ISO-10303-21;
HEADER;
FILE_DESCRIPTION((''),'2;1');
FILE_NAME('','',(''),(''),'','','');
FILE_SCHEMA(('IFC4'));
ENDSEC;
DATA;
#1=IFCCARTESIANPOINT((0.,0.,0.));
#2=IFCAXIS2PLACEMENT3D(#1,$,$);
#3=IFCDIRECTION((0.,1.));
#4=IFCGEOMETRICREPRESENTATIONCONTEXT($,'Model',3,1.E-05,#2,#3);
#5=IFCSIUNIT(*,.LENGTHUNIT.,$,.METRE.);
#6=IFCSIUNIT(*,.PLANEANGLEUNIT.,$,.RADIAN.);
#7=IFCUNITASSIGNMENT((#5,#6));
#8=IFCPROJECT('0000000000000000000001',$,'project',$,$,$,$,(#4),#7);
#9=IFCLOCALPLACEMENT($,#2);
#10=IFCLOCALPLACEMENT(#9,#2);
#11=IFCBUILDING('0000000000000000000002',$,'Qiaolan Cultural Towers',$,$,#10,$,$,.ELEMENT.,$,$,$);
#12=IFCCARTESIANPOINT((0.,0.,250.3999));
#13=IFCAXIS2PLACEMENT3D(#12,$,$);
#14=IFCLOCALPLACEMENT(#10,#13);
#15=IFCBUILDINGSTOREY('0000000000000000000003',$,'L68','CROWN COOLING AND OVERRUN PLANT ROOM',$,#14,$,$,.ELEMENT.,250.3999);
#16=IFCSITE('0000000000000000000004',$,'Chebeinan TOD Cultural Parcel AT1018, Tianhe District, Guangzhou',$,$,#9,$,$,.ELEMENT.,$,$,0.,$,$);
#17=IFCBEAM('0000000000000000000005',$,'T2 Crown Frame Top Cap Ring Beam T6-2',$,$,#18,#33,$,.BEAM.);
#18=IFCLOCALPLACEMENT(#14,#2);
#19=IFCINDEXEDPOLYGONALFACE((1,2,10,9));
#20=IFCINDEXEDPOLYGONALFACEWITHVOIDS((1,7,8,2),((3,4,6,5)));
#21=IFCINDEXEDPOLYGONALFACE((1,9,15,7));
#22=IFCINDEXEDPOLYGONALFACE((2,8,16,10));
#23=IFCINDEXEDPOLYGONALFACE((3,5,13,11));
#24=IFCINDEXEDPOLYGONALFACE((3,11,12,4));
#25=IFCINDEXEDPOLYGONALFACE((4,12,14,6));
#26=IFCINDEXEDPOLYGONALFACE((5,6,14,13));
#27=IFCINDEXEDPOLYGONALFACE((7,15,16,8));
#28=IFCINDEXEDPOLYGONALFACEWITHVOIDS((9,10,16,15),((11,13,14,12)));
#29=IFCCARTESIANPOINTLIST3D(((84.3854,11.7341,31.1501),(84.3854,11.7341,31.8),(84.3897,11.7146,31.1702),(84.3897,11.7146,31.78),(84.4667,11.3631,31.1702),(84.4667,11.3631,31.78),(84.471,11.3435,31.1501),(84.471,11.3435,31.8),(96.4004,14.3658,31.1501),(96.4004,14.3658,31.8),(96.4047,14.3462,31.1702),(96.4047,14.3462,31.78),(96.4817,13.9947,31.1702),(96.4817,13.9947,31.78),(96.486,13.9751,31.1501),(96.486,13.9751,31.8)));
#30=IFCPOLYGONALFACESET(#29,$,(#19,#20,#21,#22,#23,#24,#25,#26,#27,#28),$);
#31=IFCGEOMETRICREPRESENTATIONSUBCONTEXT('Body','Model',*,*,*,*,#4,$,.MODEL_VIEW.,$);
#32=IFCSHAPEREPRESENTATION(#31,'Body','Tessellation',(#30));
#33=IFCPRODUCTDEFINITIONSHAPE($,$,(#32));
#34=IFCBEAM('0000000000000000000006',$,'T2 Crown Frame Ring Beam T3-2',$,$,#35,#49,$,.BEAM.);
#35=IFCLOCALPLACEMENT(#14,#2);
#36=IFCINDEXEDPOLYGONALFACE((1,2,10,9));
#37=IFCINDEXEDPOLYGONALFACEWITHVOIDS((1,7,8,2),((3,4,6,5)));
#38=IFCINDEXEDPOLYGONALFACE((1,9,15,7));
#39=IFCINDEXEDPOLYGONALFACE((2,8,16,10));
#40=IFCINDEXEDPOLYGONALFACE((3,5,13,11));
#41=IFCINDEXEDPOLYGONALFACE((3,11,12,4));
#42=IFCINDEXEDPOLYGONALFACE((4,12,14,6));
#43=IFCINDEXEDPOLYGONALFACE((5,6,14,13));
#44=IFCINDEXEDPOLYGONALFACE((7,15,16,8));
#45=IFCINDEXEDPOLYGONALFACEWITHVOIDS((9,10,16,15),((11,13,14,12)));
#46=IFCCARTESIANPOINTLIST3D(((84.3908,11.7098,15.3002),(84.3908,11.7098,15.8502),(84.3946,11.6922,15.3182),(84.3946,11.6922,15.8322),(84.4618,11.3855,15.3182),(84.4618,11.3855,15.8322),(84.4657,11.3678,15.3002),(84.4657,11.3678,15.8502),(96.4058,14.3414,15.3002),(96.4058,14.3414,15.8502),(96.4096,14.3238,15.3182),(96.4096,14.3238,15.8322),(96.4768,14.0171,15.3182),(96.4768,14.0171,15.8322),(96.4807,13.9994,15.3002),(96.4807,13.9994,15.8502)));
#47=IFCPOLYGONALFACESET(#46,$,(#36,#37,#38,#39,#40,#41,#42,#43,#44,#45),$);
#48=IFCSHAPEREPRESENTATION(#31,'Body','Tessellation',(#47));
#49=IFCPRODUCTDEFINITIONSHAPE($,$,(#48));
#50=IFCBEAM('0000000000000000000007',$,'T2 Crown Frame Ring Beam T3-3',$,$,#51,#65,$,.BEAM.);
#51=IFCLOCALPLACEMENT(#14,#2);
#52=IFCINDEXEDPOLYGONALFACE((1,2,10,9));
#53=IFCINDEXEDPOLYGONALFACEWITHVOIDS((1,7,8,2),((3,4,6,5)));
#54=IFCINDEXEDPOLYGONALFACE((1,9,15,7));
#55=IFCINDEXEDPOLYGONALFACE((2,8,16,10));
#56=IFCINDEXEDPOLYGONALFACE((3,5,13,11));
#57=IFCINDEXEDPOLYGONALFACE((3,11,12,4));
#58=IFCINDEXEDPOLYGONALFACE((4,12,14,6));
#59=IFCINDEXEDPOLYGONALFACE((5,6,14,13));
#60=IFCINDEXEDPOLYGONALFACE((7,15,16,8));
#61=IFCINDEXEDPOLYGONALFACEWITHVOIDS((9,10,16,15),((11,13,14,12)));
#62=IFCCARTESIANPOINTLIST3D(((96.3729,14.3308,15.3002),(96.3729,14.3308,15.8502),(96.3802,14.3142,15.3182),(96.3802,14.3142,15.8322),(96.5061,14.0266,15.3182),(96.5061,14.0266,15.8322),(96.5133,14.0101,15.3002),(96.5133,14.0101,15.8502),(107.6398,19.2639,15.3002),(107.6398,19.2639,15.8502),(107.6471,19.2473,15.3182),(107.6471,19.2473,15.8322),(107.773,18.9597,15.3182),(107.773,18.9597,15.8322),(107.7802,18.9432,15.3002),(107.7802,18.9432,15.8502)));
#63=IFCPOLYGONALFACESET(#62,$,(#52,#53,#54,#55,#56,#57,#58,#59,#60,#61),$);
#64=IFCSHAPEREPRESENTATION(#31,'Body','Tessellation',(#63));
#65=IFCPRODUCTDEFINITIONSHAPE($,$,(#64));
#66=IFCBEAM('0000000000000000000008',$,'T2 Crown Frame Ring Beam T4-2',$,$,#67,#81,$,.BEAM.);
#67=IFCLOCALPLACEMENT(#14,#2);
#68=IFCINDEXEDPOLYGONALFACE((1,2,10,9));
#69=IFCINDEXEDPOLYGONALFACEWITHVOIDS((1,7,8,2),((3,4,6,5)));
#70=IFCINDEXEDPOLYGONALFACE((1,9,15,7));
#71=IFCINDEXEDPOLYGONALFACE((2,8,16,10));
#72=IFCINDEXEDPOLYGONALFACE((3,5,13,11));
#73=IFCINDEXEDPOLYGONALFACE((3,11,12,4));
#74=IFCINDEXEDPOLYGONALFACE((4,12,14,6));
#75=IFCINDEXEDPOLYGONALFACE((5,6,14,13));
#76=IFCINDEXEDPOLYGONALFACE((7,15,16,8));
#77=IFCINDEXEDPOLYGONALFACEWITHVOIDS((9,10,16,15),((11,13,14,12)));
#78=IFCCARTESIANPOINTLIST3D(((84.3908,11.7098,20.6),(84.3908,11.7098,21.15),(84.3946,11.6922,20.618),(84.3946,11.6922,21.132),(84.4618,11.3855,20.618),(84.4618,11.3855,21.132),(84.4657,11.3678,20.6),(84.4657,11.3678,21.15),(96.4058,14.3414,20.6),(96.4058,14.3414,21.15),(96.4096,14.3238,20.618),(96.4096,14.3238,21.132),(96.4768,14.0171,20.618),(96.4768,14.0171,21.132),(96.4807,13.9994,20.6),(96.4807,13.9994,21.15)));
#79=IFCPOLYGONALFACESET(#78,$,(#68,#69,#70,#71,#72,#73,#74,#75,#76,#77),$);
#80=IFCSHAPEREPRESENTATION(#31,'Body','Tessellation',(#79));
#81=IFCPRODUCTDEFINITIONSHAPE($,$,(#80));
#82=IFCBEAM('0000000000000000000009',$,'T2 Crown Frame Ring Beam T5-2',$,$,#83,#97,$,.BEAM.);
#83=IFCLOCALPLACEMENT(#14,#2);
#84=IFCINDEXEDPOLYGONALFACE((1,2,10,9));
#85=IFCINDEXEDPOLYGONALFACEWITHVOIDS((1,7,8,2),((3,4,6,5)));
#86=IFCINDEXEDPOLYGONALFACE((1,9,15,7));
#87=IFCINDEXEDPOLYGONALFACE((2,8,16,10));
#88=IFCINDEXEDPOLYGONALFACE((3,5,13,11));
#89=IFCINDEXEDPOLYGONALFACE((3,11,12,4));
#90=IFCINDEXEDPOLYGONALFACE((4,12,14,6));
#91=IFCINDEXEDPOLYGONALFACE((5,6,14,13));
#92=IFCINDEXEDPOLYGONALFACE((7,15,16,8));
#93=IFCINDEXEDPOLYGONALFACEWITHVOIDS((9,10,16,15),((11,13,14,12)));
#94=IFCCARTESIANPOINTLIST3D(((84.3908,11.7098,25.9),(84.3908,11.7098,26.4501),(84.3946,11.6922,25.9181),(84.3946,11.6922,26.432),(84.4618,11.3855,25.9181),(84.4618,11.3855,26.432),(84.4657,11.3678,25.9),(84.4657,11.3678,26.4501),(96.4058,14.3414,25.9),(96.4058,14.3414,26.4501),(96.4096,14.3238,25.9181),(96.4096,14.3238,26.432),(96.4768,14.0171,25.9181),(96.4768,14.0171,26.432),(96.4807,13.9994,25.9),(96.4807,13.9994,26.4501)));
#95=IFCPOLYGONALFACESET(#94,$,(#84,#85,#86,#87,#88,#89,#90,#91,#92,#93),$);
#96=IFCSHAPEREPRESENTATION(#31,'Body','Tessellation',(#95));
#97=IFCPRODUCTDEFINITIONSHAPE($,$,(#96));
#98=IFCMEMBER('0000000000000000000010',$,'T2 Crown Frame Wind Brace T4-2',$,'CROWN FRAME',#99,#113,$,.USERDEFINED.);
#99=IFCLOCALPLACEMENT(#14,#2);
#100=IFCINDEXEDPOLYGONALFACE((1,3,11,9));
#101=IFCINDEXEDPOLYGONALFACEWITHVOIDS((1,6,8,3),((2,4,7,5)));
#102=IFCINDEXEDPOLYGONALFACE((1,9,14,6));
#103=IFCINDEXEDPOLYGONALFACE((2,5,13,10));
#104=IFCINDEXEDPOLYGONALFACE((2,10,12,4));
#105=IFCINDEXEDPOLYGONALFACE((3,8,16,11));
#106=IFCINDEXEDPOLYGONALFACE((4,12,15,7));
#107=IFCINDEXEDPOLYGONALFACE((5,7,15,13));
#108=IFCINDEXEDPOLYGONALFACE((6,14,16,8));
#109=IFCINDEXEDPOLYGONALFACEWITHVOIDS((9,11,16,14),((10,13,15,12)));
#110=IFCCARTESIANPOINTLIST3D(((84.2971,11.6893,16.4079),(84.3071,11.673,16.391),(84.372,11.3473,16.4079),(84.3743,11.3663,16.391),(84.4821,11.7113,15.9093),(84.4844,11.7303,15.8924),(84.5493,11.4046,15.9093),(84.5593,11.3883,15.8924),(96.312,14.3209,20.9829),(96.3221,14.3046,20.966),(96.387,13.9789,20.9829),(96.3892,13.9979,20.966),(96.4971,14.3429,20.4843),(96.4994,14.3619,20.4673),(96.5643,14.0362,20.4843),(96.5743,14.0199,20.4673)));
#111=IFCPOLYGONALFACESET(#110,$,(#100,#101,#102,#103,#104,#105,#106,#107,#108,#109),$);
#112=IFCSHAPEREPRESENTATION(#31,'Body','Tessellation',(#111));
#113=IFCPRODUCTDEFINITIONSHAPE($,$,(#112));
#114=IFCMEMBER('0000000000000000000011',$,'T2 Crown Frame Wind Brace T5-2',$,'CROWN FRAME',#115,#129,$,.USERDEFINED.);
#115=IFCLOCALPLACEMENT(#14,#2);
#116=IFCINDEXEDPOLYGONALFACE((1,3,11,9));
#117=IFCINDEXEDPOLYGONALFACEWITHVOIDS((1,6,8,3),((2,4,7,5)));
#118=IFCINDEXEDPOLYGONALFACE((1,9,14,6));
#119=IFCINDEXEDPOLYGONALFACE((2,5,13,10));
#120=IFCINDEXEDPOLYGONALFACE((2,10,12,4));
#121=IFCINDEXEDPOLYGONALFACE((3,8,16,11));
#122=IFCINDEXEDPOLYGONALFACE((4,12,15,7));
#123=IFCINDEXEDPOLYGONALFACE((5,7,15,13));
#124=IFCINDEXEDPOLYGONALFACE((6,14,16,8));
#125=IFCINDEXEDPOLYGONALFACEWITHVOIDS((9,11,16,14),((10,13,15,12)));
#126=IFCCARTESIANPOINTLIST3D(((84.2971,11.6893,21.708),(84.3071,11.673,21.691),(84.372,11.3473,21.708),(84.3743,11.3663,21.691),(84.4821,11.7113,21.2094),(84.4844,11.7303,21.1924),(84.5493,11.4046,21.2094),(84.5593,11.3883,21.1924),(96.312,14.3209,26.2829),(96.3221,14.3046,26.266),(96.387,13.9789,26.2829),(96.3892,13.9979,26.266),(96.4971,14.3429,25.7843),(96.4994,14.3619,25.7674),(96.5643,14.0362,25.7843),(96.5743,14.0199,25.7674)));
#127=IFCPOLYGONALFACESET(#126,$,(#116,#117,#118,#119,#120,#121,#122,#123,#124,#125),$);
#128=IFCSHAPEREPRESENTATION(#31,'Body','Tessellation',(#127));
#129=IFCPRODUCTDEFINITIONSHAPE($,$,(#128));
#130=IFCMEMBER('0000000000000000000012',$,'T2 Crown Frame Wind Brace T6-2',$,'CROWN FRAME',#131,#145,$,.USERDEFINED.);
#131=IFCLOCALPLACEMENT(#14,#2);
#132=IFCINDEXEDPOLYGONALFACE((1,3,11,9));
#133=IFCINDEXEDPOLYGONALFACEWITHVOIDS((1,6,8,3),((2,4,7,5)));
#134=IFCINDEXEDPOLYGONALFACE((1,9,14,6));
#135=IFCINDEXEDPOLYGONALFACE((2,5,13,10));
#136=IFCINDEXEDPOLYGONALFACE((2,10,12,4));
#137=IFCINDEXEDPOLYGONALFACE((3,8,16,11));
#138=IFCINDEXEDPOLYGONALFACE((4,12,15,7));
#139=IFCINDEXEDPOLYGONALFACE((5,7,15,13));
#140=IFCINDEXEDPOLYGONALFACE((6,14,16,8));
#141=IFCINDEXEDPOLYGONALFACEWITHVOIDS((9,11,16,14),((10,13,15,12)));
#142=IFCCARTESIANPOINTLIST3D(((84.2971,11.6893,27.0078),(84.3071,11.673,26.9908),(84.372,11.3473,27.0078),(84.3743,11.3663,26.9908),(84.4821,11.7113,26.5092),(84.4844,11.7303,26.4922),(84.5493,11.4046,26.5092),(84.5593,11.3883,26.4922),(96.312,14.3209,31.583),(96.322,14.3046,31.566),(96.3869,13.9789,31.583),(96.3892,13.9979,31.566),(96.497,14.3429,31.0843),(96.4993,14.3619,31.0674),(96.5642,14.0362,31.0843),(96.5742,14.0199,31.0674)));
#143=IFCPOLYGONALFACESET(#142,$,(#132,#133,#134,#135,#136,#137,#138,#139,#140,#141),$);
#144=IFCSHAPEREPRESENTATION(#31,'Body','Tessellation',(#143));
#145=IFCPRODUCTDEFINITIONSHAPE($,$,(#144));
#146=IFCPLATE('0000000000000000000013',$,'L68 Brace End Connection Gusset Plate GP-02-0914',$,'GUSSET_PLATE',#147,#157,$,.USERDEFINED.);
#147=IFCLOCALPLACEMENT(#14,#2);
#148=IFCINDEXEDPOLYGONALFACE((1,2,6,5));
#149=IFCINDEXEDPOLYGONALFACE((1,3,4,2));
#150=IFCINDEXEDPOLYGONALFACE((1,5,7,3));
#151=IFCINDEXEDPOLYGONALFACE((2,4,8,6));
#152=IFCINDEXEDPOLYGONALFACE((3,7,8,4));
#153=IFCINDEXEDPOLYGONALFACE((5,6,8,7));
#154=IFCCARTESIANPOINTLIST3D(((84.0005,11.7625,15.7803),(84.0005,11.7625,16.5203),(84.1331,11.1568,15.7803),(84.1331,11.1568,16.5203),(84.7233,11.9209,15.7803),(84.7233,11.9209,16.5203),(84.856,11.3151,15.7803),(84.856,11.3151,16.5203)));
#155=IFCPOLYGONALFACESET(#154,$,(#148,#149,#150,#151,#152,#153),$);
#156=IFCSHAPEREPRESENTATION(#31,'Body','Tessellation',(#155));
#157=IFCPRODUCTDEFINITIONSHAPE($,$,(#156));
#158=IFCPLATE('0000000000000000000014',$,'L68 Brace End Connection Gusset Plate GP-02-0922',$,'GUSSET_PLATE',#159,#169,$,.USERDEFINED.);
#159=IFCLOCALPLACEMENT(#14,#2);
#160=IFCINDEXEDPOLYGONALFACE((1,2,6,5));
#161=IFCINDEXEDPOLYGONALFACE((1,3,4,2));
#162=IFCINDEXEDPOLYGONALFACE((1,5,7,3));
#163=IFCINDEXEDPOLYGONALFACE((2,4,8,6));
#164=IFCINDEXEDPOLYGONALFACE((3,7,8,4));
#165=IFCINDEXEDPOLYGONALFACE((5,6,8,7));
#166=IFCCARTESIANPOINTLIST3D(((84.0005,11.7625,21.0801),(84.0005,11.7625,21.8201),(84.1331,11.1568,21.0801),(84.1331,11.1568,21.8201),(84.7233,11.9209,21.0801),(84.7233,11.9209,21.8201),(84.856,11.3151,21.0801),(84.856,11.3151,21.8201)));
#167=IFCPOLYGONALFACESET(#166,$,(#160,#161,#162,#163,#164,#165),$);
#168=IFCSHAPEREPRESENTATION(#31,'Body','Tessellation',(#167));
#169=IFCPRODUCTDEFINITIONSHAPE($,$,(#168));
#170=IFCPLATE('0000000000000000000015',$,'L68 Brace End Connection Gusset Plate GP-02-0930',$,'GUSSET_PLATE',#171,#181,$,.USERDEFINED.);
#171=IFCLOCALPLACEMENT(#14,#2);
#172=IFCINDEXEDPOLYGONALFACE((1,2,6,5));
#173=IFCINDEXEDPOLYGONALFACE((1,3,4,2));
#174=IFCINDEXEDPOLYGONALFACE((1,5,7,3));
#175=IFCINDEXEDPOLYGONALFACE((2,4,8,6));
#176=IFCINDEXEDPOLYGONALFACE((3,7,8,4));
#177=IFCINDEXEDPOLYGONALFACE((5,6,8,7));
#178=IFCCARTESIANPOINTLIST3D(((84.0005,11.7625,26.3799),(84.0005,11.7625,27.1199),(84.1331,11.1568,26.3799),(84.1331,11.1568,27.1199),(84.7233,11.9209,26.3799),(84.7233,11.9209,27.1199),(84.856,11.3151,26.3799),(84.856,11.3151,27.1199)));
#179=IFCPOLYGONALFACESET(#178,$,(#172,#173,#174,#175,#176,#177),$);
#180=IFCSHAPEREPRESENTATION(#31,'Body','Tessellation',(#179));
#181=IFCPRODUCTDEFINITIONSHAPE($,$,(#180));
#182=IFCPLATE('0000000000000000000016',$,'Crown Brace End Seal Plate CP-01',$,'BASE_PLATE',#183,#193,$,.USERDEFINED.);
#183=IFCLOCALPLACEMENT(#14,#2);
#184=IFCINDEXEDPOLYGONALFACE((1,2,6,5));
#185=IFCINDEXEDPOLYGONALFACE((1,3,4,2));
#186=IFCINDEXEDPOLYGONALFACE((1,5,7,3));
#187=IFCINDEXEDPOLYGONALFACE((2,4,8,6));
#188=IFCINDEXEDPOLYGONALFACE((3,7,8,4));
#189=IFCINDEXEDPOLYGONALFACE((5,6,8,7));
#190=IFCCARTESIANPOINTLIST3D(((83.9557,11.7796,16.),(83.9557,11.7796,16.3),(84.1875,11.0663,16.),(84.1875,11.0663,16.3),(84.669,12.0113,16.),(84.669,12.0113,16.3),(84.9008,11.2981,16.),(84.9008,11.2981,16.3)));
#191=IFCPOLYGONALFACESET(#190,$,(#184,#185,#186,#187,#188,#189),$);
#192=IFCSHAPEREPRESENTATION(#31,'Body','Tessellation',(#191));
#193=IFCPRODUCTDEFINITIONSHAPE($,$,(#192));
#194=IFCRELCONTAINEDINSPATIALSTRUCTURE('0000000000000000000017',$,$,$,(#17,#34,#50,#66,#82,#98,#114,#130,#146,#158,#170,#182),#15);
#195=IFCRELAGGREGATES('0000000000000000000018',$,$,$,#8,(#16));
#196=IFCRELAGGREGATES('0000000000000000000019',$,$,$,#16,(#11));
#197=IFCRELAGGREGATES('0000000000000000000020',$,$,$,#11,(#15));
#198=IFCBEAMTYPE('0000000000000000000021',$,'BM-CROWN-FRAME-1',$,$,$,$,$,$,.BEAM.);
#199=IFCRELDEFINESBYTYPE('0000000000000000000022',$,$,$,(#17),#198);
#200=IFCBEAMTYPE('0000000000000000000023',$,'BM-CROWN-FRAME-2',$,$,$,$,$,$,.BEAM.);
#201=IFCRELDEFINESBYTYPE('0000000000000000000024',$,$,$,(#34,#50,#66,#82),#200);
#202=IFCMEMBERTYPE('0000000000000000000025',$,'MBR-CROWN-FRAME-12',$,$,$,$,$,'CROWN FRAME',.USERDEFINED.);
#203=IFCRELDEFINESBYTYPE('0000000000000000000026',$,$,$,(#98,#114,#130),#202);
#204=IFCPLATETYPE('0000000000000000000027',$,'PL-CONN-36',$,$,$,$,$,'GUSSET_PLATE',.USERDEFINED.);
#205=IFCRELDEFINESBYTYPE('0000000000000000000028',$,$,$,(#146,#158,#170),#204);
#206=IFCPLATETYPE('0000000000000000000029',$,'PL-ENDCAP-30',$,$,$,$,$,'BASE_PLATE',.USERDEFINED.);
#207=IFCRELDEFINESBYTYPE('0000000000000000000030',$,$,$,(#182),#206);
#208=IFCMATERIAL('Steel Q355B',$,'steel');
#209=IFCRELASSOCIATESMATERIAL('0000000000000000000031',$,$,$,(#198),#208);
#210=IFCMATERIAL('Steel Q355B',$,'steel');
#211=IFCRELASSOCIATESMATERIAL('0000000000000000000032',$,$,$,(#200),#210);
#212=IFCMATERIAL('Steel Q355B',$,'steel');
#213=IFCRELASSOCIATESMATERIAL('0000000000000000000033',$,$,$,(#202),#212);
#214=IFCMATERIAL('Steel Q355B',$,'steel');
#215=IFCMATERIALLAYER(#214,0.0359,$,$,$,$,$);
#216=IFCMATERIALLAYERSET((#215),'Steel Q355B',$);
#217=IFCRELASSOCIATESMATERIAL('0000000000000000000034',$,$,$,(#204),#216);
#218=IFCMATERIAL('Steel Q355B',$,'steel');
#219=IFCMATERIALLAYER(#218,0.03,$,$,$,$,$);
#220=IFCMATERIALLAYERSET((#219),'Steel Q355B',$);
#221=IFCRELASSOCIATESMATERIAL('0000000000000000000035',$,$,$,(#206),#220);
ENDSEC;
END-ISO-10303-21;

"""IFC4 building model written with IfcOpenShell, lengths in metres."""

from ifc_helpers import new_model, si_unit, direction, frame, origin, origin_2d, place, context, subcontext, project, spatial, rectangle, hollow_rectangle, extrude, material, layer, layer_set, material_profile, profile_set, type_object, element, save


model = new_model("IFC4")

# Units and contexts
model_context = context("Model", 3, precision=1e-05, world=origin(), true_north=direction((0.0, 1.0)))
body_context = subcontext(model_context, "Body", "Model", "MODEL_VIEW")
ifc_project = project(units=[si_unit("LENGTHUNIT", "METRE"), si_unit("PLANEANGLEUNIT", "RADIAN")], contexts=[model_context])

# Site, building, storey
site_placement = place(None, origin())
site = spatial("IfcSite", under=ifc_project, at=site_placement, Name="Chebeinan TOD Cultural Parcel AT1018, Tianhe District, Guangzhou", CompositionType="ELEMENT", RefElevation=0.0)
building_placement = place(site_placement, origin())
building = spatial("IfcBuilding", under=site, at=building_placement, Name="Qiaolan Cultural Towers", CompositionType="ELEMENT")
storey_placement = place(building_placement, frame((0.0, 0.0, 250.3999)))
storey = spatial("IfcBuildingStorey", under=building, at=storey_placement, Name="L68", Description="CROWN COOLING AND OVERRUN PLANT ROOM", CompositionType="ELEMENT", Elevation=250.3999)

# Beams
ifc_material_1 = material(Name="Steel Q355B", Category="steel")
ifc_material_profile_1 = material_profile(ifc_material_1, hollow_rectangle(XDim=0.3999, YDim=0.6499, WallThickness=0.02, at=origin_2d()), Name="BOX650x400x20")
ifc_profile_set_1 = profile_set([ifc_material_profile_1], Name="Steel Q355B")
beam_type_1 = type_object("IfcBeamType", Name="BM-CROWN-FRAME-1", PredefinedType="BEAM", material=ifc_profile_set_1)
beam_1_placement = place(storey_placement, frame((84.4282, 11.5388, 31.4751), z_axis=(0.976843, 0.213956, 0.0), x_axis=(-0.213956, 0.976843, 0.0)))
element("IfcBeam", 1, at=beam_1_placement, inside=storey, type_object=beam_type_1, Name="T2 Crown Frame Top Cap Ring Beam T6-2", PredefinedType="BEAM", context=body_context, shape_type="SweptSolid", body=[
    extrude(hollow_rectangle(XDim=0.3999, YDim=0.6499, WallThickness=0.02, at=origin_2d()), origin(), (0.0, 0.0, 1.0), 12.2998),
])
ifc_material_2 = material(Name="Steel Q355B", Category="steel")
ifc_material_profile_2 = material_profile(ifc_material_2, hollow_rectangle(XDim=0.3501, YDim=0.55, WallThickness=0.0181, at=origin_2d()), Name="BOX550x350x18")
ifc_profile_set_2 = profile_set([ifc_material_profile_2], Name="Steel Q355B")
beam_type_2 = type_object("IfcBeamType", Name="BM-CROWN-FRAME-2", PredefinedType="BEAM", material=ifc_profile_set_2)
beam_2_placement = place(storey_placement, frame((84.4282, 11.5388, 15.5752), z_axis=(0.976843, 0.213956, 0.0), x_axis=(-0.213956, 0.976843, 0.0)))
element("IfcBeam", 2, at=beam_2_placement, inside=storey, type_object=beam_type_2, Name="T2 Crown Frame Ring Beam T3-2", PredefinedType="BEAM", context=body_context, shape_type="SweptSolid", body=[
    extrude(hollow_rectangle(XDim=0.3501, YDim=0.55, WallThickness=0.0181, at=origin_2d()), origin(), (0.0, 0.0, 1.0), 12.2998),
])
beam_3_placement = place(storey_placement, frame((96.4431, 14.1704, 15.5752), z_axis=(0.916042, 0.401082, 0.0), x_axis=(-0.401082, 0.916042, 0.0)))
element("IfcBeam", 3, at=beam_3_placement, inside=storey, type_object=beam_type_2, Name="T2 Crown Frame Ring Beam T3-3", PredefinedType="BEAM", context=body_context, shape_type="SweptSolid", body=[
    extrude(hollow_rectangle(XDim=0.3501, YDim=0.55, WallThickness=0.0181, at=origin_2d()), origin(), (0.0, 0.0, 1.0), 12.2996),
])
for number, where, z_axis, x_axis, name in (
    (4, (84.4282, 11.5388, 20.875), (0.976843, 0.213956, 0.0), (-0.213956, 0.976843, 0.0), "T2 Crown Frame Ring Beam T4-2"),
    (5, (84.4282, 11.5388, 26.175), (0.976843, 0.213956, 0.0), (-0.213956, 0.976843, 0.0), "T2 Crown Frame Ring Beam T5-2"),
):
    element("IfcBeam", number, at=place(storey_placement, frame(where, z_axis=z_axis, x_axis=x_axis)), inside=storey, type_object=beam_type_2, Name=name, PredefinedType="BEAM", context=body_context, shape_type="SweptSolid", body=[
        extrude(hollow_rectangle(XDim=0.3501, YDim=0.55, WallThickness=0.0181, at=origin_2d()), origin(), (0.0, 0.0, 1.0), 12.2998),
    ])

# Members
ifc_material_3 = material(Name="Steel Q355B", Category="steel")
ifc_material_profile_3 = material_profile(ifc_material_3, hollow_rectangle(XDim=0.3501, YDim=0.55, WallThickness=0.0181, at=origin_2d()), Name="BOX550x350x18")
ifc_profile_set_3 = profile_set([ifc_material_profile_3], Name="Steel Q355B")
member_type = type_object("IfcMemberType", Name="MBR-CROWN-FRAME-12", ElementType="CROWN FRAME", PredefinedType="USERDEFINED", material=ifc_profile_set_3)
for number, where, z_axis, x_axis, name in (
    (6, (84.4282, 11.5388, 16.1501), (0.91556, 0.200533, 0.348621), (-0.213956, 0.976843, 0.0), "T2 Crown Frame Wind Brace T4-2"),
    (7, (84.4282, 11.5388, 21.4502), (0.91556, 0.200533, 0.348621), (-0.213956, 0.976843, 0.0), "T2 Crown Frame Wind Brace T5-2"),
    (8, (84.4282, 11.5388, 26.75), (0.915554, 0.200532, 0.348637), (-0.213956, 0.976843, 0.0), "T2 Crown Frame Wind Brace T6-2"),
):
    element("IfcMember", number, at=place(storey_placement, frame(where, z_axis=z_axis, x_axis=x_axis)), inside=storey, type_object=member_type, Name=name, ObjectType="CROWN FRAME", PredefinedType="USERDEFINED", context=body_context, shape_type="SweptSolid", body=[
        extrude(hollow_rectangle(XDim=0.3501, YDim=0.55, WallThickness=0.0181, at=origin_2d()), origin(), (0.0, 0.0, 1.0), 13.123),
    ])

# Plates
ifc_material_4 = material(Name="Steel Q355B", Category="steel")
ifc_layer_1 = layer(ifc_material_4, 0.0359)
ifc_layer_set_1 = layer_set([ifc_layer_1], Name="Steel Q355B")
plate_type_1 = type_object("IfcPlateType", Name="PL-CONN-36", ElementType="GUSSET_PLATE", PredefinedType="USERDEFINED", material=ifc_layer_set_1)
for number, where, z_axis, x_axis, name in (
    (9, (84.4282, 11.5388, 15.7803), (0.0, 0.0, 1.0), (0.976843, 0.213956, 0.0), "L68 Brace End Connection Gusset Plate GP-02-0914"),
    (10, (84.4282, 11.5388, 21.0801), (0.0, 0.0, 1.0), (0.976843, 0.213956, 0.0), "L68 Brace End Connection Gusset Plate GP-02-0922"),
    (11, (84.4282, 11.5388, 26.3799), (0.0, 0.0, 1.0), (0.976843, 0.213956, 0.0), "L68 Brace End Connection Gusset Plate GP-02-0930"),
):
    element("IfcPlate", number, at=place(storey_placement, frame(where, z_axis=z_axis, x_axis=x_axis)), inside=storey, type_object=plate_type_1, Name=name, ObjectType="GUSSET_PLATE", PredefinedType="USERDEFINED", context=body_context, shape_type="SweptSolid", body=[
        extrude(rectangle(XDim=0.74, YDim=0.6201, at=origin_2d()), origin(), (0.0, 0.0, 1.0), 0.74),
    ])
ifc_material_5 = material(Name="Steel Q355B", Category="steel")
ifc_layer_2 = layer(ifc_material_5, 0.03)
ifc_layer_set_2 = layer_set([ifc_layer_2], Name="Steel Q355B")
plate_type_2 = type_object("IfcPlateType", Name="PL-ENDCAP-30", ElementType="BASE_PLATE", PredefinedType="USERDEFINED", material=ifc_layer_set_2)
for number, where, z_axis, x_axis, name in (
    (12, (84.4282, 11.5388, 16.0), (0.0, 0.0, 1.0), (0.951057, 0.309017, 0.0), "Crown Brace End Seal Plate CP-01"),
):
    element("IfcPlate", number, at=place(storey_placement, frame(where, z_axis=z_axis, x_axis=x_axis)), inside=storey, type_object=plate_type_2, Name=name, ObjectType="BASE_PLATE", PredefinedType="USERDEFINED", context=body_context, shape_type="SweptSolid", body=[
        extrude(rectangle(XDim=0.75, YDim=0.75, at=origin_2d()), origin(), (0.0, 0.0, 1.0), 0.3),
    ])

save(model, "model.ifc")
